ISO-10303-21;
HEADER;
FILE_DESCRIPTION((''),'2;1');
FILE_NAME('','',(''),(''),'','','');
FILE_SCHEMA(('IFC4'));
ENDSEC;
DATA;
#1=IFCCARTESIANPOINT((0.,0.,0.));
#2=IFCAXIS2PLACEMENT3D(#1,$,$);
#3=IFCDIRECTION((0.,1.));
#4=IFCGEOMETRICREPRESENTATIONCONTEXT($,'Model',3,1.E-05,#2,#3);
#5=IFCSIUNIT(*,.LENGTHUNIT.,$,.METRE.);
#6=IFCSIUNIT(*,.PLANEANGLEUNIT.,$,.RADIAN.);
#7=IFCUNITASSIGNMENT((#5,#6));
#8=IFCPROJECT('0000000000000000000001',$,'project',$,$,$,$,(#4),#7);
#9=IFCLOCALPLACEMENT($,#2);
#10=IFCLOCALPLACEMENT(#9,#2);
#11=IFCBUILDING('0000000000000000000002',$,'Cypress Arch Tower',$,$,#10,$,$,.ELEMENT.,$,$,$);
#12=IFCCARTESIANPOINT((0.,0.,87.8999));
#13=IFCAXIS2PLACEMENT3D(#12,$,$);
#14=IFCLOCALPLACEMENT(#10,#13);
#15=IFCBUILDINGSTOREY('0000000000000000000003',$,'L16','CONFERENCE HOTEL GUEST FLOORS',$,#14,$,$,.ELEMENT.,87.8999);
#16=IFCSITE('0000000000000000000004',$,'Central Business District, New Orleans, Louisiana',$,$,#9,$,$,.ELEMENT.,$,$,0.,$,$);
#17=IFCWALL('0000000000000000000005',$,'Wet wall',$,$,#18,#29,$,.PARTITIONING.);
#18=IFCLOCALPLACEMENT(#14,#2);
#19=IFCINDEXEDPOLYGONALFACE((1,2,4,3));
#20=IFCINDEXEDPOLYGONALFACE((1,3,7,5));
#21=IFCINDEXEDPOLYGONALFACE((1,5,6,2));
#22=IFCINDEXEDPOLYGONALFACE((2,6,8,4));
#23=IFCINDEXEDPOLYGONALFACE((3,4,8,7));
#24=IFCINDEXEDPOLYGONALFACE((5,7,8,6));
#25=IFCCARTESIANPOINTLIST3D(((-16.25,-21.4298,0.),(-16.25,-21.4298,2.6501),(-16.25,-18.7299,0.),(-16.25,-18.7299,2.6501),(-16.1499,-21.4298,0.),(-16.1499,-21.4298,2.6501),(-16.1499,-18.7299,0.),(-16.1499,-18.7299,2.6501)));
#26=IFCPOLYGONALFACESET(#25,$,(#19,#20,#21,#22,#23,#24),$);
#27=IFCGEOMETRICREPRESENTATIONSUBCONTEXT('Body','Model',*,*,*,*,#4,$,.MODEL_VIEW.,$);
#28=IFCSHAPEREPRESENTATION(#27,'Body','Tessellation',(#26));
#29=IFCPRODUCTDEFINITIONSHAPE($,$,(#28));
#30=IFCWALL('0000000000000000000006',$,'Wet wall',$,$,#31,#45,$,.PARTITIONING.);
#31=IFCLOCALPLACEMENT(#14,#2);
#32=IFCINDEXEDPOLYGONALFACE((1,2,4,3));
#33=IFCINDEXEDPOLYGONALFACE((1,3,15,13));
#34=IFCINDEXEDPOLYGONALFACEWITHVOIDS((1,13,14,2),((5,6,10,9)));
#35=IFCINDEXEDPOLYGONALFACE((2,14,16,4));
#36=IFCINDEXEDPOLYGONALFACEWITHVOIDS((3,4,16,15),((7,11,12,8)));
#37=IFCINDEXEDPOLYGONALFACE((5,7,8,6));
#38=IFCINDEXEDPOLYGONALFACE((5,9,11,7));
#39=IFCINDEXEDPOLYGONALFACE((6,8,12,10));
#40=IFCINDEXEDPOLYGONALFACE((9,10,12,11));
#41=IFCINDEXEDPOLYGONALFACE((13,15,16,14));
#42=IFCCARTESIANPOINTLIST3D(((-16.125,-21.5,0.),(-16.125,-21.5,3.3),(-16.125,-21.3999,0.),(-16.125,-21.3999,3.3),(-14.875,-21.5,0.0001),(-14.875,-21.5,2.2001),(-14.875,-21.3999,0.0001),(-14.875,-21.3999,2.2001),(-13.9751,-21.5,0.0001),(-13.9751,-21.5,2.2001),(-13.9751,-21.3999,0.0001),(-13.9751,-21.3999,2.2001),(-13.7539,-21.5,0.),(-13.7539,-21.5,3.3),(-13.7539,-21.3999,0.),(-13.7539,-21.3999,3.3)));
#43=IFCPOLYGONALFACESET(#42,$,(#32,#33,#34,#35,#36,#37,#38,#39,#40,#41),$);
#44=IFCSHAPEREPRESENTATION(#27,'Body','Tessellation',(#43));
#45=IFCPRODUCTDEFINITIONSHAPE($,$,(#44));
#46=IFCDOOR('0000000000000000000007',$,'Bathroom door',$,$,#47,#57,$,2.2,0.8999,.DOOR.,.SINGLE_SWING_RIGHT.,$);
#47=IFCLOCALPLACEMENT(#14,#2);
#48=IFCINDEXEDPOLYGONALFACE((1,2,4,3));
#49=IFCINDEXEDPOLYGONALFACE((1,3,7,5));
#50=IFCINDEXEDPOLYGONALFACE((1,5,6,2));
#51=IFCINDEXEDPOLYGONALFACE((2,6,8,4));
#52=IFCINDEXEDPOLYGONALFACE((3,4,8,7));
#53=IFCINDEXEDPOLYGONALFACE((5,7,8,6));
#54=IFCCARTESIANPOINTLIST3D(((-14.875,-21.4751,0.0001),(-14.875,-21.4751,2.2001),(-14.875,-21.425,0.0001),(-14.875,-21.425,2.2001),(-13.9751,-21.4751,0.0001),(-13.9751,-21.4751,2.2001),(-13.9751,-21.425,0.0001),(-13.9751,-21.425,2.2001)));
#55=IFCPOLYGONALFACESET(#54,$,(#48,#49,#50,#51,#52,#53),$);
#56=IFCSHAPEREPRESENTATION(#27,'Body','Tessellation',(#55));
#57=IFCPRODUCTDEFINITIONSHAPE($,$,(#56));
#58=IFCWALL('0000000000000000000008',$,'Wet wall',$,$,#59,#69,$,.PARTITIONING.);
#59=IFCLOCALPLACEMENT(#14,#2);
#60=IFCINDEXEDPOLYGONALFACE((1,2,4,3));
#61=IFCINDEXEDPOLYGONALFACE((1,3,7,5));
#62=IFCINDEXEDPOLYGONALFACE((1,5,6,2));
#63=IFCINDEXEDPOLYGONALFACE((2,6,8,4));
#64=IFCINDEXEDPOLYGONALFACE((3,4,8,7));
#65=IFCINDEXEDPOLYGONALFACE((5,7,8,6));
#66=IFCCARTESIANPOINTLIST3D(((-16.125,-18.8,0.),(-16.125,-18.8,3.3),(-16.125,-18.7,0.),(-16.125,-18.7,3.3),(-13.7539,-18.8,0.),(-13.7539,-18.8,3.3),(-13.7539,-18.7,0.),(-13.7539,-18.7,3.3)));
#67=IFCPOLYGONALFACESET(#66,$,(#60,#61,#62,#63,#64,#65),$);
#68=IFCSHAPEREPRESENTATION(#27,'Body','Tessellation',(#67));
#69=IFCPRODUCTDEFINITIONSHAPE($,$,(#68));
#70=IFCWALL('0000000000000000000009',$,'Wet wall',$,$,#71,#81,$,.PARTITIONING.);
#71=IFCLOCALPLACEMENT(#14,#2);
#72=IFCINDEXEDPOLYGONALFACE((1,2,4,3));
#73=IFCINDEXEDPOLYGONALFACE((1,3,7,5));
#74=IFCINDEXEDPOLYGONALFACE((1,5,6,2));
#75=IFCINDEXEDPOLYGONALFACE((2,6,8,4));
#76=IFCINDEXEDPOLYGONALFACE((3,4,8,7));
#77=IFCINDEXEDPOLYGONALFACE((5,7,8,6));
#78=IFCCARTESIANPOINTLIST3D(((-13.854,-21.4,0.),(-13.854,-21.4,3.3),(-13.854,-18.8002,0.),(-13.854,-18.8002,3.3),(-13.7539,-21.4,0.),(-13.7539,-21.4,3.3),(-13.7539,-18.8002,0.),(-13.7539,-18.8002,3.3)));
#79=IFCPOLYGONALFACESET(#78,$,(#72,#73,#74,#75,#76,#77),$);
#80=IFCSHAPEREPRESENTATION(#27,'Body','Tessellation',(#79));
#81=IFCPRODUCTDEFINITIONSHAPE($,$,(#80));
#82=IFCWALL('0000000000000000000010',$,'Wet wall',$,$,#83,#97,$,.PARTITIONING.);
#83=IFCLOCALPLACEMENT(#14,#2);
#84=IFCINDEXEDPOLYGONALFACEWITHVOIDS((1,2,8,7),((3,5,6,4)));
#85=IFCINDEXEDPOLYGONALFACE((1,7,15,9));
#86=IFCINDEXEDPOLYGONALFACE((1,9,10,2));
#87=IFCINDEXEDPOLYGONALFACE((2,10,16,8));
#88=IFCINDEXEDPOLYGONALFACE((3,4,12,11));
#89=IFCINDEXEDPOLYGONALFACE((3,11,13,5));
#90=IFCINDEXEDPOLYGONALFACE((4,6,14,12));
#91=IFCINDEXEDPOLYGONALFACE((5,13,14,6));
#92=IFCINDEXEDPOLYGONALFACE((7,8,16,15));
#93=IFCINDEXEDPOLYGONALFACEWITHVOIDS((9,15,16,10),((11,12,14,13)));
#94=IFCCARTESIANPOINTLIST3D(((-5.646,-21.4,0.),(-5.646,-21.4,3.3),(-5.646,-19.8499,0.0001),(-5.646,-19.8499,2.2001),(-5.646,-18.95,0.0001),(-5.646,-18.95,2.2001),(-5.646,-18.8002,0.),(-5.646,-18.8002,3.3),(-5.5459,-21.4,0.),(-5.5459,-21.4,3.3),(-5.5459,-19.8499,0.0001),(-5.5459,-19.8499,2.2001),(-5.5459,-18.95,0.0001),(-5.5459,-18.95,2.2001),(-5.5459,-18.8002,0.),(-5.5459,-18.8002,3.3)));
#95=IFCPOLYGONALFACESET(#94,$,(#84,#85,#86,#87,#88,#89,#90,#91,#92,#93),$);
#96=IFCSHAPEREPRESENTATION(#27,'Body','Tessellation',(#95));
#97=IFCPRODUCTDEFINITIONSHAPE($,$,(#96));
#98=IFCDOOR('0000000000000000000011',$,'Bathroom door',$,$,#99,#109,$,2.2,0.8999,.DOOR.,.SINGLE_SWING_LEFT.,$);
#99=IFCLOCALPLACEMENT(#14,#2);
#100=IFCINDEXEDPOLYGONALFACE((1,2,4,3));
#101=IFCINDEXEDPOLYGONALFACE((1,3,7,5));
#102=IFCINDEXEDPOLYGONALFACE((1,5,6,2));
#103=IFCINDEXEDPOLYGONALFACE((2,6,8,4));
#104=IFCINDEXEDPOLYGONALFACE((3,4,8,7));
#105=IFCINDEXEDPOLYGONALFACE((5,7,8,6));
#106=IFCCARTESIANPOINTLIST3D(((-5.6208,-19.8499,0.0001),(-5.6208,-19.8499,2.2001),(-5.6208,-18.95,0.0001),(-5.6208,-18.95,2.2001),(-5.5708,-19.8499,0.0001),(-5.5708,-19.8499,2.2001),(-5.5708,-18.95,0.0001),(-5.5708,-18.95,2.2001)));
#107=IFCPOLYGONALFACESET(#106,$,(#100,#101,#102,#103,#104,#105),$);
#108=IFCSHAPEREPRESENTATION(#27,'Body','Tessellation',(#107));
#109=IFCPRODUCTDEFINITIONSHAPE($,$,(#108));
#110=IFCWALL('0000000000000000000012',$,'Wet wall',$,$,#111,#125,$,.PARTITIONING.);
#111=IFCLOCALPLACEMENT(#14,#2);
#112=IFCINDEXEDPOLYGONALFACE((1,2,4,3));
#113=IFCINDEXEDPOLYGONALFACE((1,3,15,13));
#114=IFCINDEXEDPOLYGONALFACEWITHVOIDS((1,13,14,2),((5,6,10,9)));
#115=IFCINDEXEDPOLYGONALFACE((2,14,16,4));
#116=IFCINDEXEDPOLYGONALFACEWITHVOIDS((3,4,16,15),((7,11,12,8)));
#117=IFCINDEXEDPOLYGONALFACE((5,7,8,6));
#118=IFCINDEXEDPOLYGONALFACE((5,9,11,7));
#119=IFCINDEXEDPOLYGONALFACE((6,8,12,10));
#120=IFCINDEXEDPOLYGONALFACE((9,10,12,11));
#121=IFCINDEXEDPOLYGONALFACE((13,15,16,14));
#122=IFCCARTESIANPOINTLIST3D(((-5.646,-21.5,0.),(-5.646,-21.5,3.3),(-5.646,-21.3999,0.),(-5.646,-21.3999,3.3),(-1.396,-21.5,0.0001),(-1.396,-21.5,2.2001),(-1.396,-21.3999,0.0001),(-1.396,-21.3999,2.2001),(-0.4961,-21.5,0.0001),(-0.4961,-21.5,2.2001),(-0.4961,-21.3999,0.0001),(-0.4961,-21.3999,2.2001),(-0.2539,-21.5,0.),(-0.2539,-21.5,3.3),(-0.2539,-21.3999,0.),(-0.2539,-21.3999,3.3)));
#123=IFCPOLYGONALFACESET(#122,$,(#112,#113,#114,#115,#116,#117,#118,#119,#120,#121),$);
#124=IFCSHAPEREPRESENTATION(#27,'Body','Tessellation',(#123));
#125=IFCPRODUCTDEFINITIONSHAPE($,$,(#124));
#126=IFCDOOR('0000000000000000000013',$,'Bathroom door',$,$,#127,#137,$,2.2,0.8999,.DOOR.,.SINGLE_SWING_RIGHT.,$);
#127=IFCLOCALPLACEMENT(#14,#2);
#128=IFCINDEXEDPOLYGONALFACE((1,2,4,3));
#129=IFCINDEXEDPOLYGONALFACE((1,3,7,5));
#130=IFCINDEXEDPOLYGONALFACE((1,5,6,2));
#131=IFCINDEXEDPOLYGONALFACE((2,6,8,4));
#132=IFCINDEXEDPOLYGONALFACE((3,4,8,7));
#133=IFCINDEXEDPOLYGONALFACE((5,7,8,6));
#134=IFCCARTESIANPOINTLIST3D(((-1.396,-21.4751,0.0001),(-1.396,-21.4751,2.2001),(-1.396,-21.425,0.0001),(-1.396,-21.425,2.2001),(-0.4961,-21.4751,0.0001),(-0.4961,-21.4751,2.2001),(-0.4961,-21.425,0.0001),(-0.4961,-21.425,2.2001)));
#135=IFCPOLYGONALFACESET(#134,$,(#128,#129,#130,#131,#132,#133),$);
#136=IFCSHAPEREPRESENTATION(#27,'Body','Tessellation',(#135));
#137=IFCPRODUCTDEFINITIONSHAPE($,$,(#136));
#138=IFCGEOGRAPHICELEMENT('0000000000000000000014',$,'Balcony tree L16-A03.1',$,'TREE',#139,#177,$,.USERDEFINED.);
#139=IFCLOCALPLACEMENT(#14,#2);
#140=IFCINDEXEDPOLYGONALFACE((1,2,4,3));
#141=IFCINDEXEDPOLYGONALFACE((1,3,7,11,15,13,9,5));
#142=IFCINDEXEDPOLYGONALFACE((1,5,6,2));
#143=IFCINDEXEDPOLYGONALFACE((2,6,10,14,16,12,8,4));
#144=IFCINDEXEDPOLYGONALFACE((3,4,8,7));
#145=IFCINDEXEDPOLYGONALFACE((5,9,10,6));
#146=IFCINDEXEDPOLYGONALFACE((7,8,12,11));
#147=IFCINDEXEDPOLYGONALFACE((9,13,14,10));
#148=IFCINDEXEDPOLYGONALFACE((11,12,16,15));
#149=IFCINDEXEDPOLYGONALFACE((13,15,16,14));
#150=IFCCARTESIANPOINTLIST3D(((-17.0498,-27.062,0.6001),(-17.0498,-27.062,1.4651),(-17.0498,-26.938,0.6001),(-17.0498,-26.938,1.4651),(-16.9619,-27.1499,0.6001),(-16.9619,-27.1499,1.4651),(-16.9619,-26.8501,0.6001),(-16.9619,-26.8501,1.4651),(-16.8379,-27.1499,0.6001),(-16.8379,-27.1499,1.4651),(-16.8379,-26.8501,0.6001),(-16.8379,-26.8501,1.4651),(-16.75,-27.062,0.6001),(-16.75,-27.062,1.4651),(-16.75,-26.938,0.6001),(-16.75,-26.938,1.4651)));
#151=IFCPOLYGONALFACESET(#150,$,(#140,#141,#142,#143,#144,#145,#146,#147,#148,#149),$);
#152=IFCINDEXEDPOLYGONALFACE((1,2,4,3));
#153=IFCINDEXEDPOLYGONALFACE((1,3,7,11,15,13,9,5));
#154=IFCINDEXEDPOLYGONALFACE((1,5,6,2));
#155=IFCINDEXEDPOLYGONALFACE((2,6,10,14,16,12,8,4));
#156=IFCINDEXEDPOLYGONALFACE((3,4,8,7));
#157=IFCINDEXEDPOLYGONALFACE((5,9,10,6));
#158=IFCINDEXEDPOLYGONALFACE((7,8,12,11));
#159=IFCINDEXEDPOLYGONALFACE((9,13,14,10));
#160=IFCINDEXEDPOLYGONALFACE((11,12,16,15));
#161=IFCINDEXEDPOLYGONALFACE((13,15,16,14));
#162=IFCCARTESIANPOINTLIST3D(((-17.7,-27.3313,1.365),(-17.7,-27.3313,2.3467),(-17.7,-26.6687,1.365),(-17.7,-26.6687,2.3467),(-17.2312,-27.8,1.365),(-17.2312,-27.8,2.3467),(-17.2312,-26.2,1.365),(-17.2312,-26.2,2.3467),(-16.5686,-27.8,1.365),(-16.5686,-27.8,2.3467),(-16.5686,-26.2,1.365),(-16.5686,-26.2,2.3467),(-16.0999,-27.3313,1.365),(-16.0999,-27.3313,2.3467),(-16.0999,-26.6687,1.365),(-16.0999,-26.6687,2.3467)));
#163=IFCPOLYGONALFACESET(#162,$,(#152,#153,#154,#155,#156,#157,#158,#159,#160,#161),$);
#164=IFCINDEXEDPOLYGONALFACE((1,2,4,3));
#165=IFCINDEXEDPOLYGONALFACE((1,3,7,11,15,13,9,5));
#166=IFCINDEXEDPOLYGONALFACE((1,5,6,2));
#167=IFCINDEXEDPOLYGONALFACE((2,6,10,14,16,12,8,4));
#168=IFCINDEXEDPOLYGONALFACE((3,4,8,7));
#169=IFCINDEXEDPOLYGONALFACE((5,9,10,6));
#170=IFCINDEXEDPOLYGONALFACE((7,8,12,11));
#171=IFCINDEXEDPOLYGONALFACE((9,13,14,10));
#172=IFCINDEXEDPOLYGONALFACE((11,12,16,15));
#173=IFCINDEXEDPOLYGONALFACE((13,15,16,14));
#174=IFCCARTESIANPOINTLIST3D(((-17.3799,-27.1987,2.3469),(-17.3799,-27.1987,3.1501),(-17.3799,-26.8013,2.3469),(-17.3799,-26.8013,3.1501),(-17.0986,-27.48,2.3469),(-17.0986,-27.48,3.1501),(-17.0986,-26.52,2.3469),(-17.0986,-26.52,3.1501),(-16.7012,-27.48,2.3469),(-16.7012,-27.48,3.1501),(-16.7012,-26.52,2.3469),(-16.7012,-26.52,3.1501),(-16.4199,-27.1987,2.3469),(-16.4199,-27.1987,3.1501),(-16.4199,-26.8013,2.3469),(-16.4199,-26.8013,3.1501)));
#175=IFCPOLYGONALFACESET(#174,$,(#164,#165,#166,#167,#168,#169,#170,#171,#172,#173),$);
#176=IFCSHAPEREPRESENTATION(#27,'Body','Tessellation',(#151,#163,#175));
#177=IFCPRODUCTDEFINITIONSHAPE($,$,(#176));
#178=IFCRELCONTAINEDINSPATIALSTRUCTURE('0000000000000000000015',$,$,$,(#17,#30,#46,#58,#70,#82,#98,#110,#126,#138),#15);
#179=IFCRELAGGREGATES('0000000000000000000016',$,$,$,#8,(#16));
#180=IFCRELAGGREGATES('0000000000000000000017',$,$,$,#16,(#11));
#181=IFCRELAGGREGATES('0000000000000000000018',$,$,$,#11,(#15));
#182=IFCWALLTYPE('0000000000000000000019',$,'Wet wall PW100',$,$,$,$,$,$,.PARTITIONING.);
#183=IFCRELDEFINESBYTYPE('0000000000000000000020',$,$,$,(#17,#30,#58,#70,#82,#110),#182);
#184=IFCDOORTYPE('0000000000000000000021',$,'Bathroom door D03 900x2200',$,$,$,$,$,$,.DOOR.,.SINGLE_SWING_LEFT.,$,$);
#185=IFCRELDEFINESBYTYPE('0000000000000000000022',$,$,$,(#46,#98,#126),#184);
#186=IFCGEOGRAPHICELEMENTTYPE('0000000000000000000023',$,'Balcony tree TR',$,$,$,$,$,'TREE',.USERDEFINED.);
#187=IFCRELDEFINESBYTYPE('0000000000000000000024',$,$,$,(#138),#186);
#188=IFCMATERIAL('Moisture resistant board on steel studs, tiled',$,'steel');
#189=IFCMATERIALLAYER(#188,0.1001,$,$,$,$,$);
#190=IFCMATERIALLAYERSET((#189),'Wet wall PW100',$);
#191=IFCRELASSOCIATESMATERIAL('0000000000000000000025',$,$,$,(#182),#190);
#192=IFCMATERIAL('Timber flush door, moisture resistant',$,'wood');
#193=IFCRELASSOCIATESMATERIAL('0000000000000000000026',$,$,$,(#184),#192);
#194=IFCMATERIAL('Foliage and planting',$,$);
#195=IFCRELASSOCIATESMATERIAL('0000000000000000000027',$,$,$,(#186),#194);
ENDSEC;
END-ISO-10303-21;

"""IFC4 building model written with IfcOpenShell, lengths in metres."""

from ifc_helpers import new_model, si_unit, direction, frame, frame_2d, origin, place, context, subcontext, project, spatial, polyline, rectangle, outline, extrude, material, layer, layer_set, type_object, element, fill, save


model = new_model("IFC4")

# Units and contexts
model_context = context("Model", 3, precision=1e-05, world=origin(), true_north=direction((0.0, 1.0)))
body_context = subcontext(model_context, "Body", "Model", "MODEL_VIEW")
ifc_project = project(units=[si_unit("LENGTHUNIT", "METRE"), si_unit("PLANEANGLEUNIT", "RADIAN")], contexts=[model_context])

# Site, building, storey
site_placement = place(None, origin())
site = spatial("IfcSite", under=ifc_project, at=site_placement, Name="Central Business District, New Orleans, Louisiana", CompositionType="ELEMENT", RefElevation=0.0)
building_placement = place(site_placement, origin())
building = spatial("IfcBuilding", under=site, at=building_placement, Name="Cypress Arch Tower", CompositionType="ELEMENT")
storey_placement = place(building_placement, frame((0.0, 0.0, 87.8999)))
storey = spatial("IfcBuildingStorey", under=building, at=storey_placement, Name="L16", Description="CONFERENCE HOTEL GUEST FLOORS", CompositionType="ELEMENT", Elevation=87.8999)

# Wall
ifc_material_1 = material(Name="Moisture resistant board on steel studs, tiled", Category="steel")
ifc_layer_1 = layer(ifc_material_1, 0.1001)
ifc_layer_set_1 = layer_set([ifc_layer_1], Name="Wet wall PW100")
wall_type_1 = type_object("IfcWallType", Name="Wet wall PW100", PredefinedType="PARTITIONING", material=ifc_layer_set_1)
wall_1_placement = place(storey_placement, frame((-16.2, -21.4299, 0.0), z_axis=(0.0, 0.0, 1.0), x_axis=(0.0, 1.0, 0.0)))
element("IfcWall", 1, at=wall_1_placement, inside=storey, type_object=wall_type_1, Name="Wet wall", PredefinedType="PARTITIONING", context=body_context, shape_type="SweptSolid", body=[
    extrude(rectangle(XDim=2.7, YDim=0.1001, at=frame_2d((1.3501, 0.0))), origin(), (0.0, 0.0, 1.0), 2.6501),
])

# Wall, opening, door
wall_2_placement = place(storey_placement, frame((-16.125, -21.45, 0.0), z_axis=(0.0, 0.0, 1.0), x_axis=(1.0, 0.0, 0.0)))
wall_2 = element("IfcWall", 2, at=wall_2_placement, inside=storey, type_object=wall_type_1, Name="Wet wall", PredefinedType="PARTITIONING", context=body_context, shape_type="SweptSolid", body=[
    extrude(rectangle(XDim=2.3711, YDim=0.1001, at=frame_2d((1.1855, 0.0))), origin(), (0.0, 0.0, 1.0), 3.3),
])
opening_1_placement = place(wall_2_placement, frame((1.25, 0.0, 0.0)))
opening_1 = element("IfcOpeningElement", 3, at=opening_1_placement, cuts=wall_2, PredefinedType="OPENING", context=body_context, shape_type="SweptSolid", body=[
    extrude(rectangle(XDim=0.8999, YDim=2.2, at=frame_2d((0.45, 1.1001))), frame((0.0, 0.0601, 0.0), z_axis=(0.0, -1.0, 0.0), x_axis=(1.0, 0.0, 0.0)), (0.0, 0.0, 1.0), 0.1201),
])
ifc_material_2 = material(Name="Timber flush door, moisture resistant", Category="wood")
door_type_1 = type_object("IfcDoorType", Name="Bathroom door D03 900x2200", OperationType="SINGLE_SWING_LEFT", PredefinedType="DOOR", material=ifc_material_2)
door_1_placement = place(opening_1_placement, origin())
door_1 = element("IfcDoor", 4, at=door_1_placement, inside=storey, type_object=door_type_1, Name="Bathroom door", OperationType="SINGLE_SWING_RIGHT", OverallHeight=2.2, OverallWidth=0.8999, PredefinedType="DOOR", context=body_context, shape_type="SweptSolid", body=[
    extrude(rectangle(XDim=0.8999, YDim=2.2, at=frame_2d((0.45, 1.1001))), frame((0.0, 0.0249, 0.0), z_axis=(0.0, -1.0, 0.0), x_axis=(1.0, 0.0, 0.0)), (0.0, 0.0, 1.0), 0.05),
])
fill(opening_1, door_1)

# Walls
wall_3_placement = place(storey_placement, frame((-16.125, -18.75, 0.0), z_axis=(0.0, 0.0, 1.0), x_axis=(1.0, 0.0, 0.0)))
element("IfcWall", 5, at=wall_3_placement, inside=storey, type_object=wall_type_1, Name="Wet wall", PredefinedType="PARTITIONING", context=body_context, shape_type="SweptSolid", body=[
    extrude(rectangle(XDim=2.3711, YDim=0.1001, at=frame_2d((1.1855, 0.0))), origin(), (0.0, 0.0, 1.0), 3.3),
])
wall_4_placement = place(storey_placement, frame((-13.804, -21.3999, 0.0), z_axis=(0.0, 0.0, 1.0), x_axis=(0.0, 1.0, 0.0)))
element("IfcWall", 6, at=wall_4_placement, inside=storey, type_object=wall_type_1, Name="Wet wall", PredefinedType="PARTITIONING", context=body_context, shape_type="SweptSolid", body=[
    extrude(rectangle(XDim=2.5999, YDim=0.1001, at=frame_2d((1.2998, 0.0))), origin(), (0.0, 0.0, 1.0), 3.3),
])

# Walls, openings, doors
wall_5_placement = place(storey_placement, frame((-5.5959, -21.3999, 0.0), z_axis=(0.0, 0.0, 1.0), x_axis=(0.0, 1.0, 0.0)))
wall_5 = element("IfcWall", 7, at=wall_5_placement, inside=storey, type_object=wall_type_1, Name="Wet wall", PredefinedType="PARTITIONING", context=body_context, shape_type="SweptSolid", body=[
    extrude(rectangle(XDim=2.5999, YDim=0.1001, at=frame_2d((1.2998, 0.0))), origin(), (0.0, 0.0, 1.0), 3.3),
])
opening_2_placement = place(wall_5_placement, frame((1.55, 0.0, 0.0)))
opening_2 = element("IfcOpeningElement", 8, at=opening_2_placement, cuts=wall_5, PredefinedType="OPENING", context=body_context, shape_type="SweptSolid", body=[
    extrude(rectangle(XDim=0.8999, YDim=2.2, at=frame_2d((0.45, 1.1001))), frame((0.0, 0.0601, 0.0), z_axis=(0.0, -1.0, 0.0), x_axis=(1.0, 0.0, 0.0)), (0.0, 0.0, 1.0), 0.1201),
])
door_2_placement = place(opening_2_placement, origin())
door_2 = element("IfcDoor", 9, at=door_2_placement, inside=storey, type_object=door_type_1, Name="Bathroom door", OperationType="SINGLE_SWING_LEFT", OverallHeight=2.2, OverallWidth=0.8999, PredefinedType="DOOR", context=body_context, shape_type="SweptSolid", body=[
    extrude(rectangle(XDim=0.8999, YDim=2.2, at=frame_2d((0.45, 1.1001))), frame((0.0, 0.0249, 0.0), z_axis=(0.0, -1.0, 0.0), x_axis=(1.0, 0.0, 0.0)), (0.0, 0.0, 1.0), 0.05),
])
fill(opening_2, door_2)
wall_6_placement = place(storey_placement, frame((-5.646, -21.45, 0.0), z_axis=(0.0, 0.0, 1.0), x_axis=(1.0, 0.0, 0.0)))
wall_6 = element("IfcWall", 10, at=wall_6_placement, inside=storey, type_object=wall_type_1, Name="Wet wall", PredefinedType="PARTITIONING", context=body_context, shape_type="SweptSolid", body=[
    extrude(rectangle(XDim=5.3921, YDim=0.1001, at=frame_2d((2.696, 0.0))), origin(), (0.0, 0.0, 1.0), 3.3),
])
opening_3_placement = place(wall_6_placement, frame((4.25, 0.0, 0.0)))
opening_3 = element("IfcOpeningElement", 11, at=opening_3_placement, cuts=wall_6, PredefinedType="OPENING", context=body_context, shape_type="SweptSolid", body=[
    extrude(rectangle(XDim=0.8999, YDim=2.2, at=frame_2d((0.45, 1.1001))), frame((0.0, 0.0601, 0.0), z_axis=(0.0, -1.0, 0.0), x_axis=(1.0, 0.0, 0.0)), (0.0, 0.0, 1.0), 0.1201),
])
door_3_placement = place(opening_3_placement, origin())
door_3 = element("IfcDoor", 12, at=door_3_placement, inside=storey, type_object=door_type_1, Name="Bathroom door", OperationType="SINGLE_SWING_RIGHT", OverallHeight=2.2, OverallWidth=0.8999, PredefinedType="DOOR", context=body_context, shape_type="SweptSolid", body=[
    extrude(rectangle(XDim=0.8999, YDim=2.2, at=frame_2d((0.45, 1.1001))), frame((0.0, 0.0249, 0.0), z_axis=(0.0, -1.0, 0.0), x_axis=(1.0, 0.0, 0.0)), (0.0, 0.0, 1.0), 0.05),
])
fill(opening_3, door_3)

# Geographic element
ifc_material_3 = material(Name="Foliage and planting")
geographic_element_type = type_object("IfcGeographicElementType", Name="Balcony tree TR", ElementType="TREE", PredefinedType="USERDEFINED", material=ifc_material_3)
for number, where, z_axis, x_axis, name in (
    (13, (-16.8999, -27.0, 0.6001), (0.0, 0.0, 1.0), (1.0, 0.0, 0.0), "Balcony tree L16-A03.1"),
):
    element("IfcGeographicElement", number, at=place(storey_placement, frame(where, z_axis=z_axis, x_axis=x_axis)), inside=storey, type_object=geographic_element_type, Name=name, ObjectType="TREE", PredefinedType="USERDEFINED", context=body_context, shape_type="SweptSolid", body=[
        extrude(outline(polyline([(0.1499, 0.062), (0.062, 0.1499), (-0.062, 0.1499), (-0.1499, 0.062), (-0.1499, -0.062), (-0.062, -0.1499), (0.062, -0.1499), (0.1499, -0.062), (0.1499, 0.062)])), origin(), (0.0, 0.0, 1.0), 0.865),
        extrude(outline(polyline([(0.8, 0.3313), (0.3313, 0.8), (-0.3313, 0.8), (-0.8, 0.3313), (-0.8, -0.3313), (-0.3313, -0.8), (0.3313, -0.8), (0.8, -0.3313), (0.8, 0.3313)])), frame((0.0, 0.0, 0.7649)), (0.0, 0.0, 1.0), 0.9817),
        extrude(outline(polyline([(0.48, 0.1987), (0.1987, 0.48), (-0.1987, 0.48), (-0.48, 0.1987), (-0.48, -0.1987), (-0.1987, -0.48), (0.1987, -0.48), (0.48, -0.1987), (0.48, 0.1987)])), frame((0.0, 0.0, 1.7468)), (0.0, 0.0, 1.0), 0.8032),
    ])

save(model, "model.ifc")
